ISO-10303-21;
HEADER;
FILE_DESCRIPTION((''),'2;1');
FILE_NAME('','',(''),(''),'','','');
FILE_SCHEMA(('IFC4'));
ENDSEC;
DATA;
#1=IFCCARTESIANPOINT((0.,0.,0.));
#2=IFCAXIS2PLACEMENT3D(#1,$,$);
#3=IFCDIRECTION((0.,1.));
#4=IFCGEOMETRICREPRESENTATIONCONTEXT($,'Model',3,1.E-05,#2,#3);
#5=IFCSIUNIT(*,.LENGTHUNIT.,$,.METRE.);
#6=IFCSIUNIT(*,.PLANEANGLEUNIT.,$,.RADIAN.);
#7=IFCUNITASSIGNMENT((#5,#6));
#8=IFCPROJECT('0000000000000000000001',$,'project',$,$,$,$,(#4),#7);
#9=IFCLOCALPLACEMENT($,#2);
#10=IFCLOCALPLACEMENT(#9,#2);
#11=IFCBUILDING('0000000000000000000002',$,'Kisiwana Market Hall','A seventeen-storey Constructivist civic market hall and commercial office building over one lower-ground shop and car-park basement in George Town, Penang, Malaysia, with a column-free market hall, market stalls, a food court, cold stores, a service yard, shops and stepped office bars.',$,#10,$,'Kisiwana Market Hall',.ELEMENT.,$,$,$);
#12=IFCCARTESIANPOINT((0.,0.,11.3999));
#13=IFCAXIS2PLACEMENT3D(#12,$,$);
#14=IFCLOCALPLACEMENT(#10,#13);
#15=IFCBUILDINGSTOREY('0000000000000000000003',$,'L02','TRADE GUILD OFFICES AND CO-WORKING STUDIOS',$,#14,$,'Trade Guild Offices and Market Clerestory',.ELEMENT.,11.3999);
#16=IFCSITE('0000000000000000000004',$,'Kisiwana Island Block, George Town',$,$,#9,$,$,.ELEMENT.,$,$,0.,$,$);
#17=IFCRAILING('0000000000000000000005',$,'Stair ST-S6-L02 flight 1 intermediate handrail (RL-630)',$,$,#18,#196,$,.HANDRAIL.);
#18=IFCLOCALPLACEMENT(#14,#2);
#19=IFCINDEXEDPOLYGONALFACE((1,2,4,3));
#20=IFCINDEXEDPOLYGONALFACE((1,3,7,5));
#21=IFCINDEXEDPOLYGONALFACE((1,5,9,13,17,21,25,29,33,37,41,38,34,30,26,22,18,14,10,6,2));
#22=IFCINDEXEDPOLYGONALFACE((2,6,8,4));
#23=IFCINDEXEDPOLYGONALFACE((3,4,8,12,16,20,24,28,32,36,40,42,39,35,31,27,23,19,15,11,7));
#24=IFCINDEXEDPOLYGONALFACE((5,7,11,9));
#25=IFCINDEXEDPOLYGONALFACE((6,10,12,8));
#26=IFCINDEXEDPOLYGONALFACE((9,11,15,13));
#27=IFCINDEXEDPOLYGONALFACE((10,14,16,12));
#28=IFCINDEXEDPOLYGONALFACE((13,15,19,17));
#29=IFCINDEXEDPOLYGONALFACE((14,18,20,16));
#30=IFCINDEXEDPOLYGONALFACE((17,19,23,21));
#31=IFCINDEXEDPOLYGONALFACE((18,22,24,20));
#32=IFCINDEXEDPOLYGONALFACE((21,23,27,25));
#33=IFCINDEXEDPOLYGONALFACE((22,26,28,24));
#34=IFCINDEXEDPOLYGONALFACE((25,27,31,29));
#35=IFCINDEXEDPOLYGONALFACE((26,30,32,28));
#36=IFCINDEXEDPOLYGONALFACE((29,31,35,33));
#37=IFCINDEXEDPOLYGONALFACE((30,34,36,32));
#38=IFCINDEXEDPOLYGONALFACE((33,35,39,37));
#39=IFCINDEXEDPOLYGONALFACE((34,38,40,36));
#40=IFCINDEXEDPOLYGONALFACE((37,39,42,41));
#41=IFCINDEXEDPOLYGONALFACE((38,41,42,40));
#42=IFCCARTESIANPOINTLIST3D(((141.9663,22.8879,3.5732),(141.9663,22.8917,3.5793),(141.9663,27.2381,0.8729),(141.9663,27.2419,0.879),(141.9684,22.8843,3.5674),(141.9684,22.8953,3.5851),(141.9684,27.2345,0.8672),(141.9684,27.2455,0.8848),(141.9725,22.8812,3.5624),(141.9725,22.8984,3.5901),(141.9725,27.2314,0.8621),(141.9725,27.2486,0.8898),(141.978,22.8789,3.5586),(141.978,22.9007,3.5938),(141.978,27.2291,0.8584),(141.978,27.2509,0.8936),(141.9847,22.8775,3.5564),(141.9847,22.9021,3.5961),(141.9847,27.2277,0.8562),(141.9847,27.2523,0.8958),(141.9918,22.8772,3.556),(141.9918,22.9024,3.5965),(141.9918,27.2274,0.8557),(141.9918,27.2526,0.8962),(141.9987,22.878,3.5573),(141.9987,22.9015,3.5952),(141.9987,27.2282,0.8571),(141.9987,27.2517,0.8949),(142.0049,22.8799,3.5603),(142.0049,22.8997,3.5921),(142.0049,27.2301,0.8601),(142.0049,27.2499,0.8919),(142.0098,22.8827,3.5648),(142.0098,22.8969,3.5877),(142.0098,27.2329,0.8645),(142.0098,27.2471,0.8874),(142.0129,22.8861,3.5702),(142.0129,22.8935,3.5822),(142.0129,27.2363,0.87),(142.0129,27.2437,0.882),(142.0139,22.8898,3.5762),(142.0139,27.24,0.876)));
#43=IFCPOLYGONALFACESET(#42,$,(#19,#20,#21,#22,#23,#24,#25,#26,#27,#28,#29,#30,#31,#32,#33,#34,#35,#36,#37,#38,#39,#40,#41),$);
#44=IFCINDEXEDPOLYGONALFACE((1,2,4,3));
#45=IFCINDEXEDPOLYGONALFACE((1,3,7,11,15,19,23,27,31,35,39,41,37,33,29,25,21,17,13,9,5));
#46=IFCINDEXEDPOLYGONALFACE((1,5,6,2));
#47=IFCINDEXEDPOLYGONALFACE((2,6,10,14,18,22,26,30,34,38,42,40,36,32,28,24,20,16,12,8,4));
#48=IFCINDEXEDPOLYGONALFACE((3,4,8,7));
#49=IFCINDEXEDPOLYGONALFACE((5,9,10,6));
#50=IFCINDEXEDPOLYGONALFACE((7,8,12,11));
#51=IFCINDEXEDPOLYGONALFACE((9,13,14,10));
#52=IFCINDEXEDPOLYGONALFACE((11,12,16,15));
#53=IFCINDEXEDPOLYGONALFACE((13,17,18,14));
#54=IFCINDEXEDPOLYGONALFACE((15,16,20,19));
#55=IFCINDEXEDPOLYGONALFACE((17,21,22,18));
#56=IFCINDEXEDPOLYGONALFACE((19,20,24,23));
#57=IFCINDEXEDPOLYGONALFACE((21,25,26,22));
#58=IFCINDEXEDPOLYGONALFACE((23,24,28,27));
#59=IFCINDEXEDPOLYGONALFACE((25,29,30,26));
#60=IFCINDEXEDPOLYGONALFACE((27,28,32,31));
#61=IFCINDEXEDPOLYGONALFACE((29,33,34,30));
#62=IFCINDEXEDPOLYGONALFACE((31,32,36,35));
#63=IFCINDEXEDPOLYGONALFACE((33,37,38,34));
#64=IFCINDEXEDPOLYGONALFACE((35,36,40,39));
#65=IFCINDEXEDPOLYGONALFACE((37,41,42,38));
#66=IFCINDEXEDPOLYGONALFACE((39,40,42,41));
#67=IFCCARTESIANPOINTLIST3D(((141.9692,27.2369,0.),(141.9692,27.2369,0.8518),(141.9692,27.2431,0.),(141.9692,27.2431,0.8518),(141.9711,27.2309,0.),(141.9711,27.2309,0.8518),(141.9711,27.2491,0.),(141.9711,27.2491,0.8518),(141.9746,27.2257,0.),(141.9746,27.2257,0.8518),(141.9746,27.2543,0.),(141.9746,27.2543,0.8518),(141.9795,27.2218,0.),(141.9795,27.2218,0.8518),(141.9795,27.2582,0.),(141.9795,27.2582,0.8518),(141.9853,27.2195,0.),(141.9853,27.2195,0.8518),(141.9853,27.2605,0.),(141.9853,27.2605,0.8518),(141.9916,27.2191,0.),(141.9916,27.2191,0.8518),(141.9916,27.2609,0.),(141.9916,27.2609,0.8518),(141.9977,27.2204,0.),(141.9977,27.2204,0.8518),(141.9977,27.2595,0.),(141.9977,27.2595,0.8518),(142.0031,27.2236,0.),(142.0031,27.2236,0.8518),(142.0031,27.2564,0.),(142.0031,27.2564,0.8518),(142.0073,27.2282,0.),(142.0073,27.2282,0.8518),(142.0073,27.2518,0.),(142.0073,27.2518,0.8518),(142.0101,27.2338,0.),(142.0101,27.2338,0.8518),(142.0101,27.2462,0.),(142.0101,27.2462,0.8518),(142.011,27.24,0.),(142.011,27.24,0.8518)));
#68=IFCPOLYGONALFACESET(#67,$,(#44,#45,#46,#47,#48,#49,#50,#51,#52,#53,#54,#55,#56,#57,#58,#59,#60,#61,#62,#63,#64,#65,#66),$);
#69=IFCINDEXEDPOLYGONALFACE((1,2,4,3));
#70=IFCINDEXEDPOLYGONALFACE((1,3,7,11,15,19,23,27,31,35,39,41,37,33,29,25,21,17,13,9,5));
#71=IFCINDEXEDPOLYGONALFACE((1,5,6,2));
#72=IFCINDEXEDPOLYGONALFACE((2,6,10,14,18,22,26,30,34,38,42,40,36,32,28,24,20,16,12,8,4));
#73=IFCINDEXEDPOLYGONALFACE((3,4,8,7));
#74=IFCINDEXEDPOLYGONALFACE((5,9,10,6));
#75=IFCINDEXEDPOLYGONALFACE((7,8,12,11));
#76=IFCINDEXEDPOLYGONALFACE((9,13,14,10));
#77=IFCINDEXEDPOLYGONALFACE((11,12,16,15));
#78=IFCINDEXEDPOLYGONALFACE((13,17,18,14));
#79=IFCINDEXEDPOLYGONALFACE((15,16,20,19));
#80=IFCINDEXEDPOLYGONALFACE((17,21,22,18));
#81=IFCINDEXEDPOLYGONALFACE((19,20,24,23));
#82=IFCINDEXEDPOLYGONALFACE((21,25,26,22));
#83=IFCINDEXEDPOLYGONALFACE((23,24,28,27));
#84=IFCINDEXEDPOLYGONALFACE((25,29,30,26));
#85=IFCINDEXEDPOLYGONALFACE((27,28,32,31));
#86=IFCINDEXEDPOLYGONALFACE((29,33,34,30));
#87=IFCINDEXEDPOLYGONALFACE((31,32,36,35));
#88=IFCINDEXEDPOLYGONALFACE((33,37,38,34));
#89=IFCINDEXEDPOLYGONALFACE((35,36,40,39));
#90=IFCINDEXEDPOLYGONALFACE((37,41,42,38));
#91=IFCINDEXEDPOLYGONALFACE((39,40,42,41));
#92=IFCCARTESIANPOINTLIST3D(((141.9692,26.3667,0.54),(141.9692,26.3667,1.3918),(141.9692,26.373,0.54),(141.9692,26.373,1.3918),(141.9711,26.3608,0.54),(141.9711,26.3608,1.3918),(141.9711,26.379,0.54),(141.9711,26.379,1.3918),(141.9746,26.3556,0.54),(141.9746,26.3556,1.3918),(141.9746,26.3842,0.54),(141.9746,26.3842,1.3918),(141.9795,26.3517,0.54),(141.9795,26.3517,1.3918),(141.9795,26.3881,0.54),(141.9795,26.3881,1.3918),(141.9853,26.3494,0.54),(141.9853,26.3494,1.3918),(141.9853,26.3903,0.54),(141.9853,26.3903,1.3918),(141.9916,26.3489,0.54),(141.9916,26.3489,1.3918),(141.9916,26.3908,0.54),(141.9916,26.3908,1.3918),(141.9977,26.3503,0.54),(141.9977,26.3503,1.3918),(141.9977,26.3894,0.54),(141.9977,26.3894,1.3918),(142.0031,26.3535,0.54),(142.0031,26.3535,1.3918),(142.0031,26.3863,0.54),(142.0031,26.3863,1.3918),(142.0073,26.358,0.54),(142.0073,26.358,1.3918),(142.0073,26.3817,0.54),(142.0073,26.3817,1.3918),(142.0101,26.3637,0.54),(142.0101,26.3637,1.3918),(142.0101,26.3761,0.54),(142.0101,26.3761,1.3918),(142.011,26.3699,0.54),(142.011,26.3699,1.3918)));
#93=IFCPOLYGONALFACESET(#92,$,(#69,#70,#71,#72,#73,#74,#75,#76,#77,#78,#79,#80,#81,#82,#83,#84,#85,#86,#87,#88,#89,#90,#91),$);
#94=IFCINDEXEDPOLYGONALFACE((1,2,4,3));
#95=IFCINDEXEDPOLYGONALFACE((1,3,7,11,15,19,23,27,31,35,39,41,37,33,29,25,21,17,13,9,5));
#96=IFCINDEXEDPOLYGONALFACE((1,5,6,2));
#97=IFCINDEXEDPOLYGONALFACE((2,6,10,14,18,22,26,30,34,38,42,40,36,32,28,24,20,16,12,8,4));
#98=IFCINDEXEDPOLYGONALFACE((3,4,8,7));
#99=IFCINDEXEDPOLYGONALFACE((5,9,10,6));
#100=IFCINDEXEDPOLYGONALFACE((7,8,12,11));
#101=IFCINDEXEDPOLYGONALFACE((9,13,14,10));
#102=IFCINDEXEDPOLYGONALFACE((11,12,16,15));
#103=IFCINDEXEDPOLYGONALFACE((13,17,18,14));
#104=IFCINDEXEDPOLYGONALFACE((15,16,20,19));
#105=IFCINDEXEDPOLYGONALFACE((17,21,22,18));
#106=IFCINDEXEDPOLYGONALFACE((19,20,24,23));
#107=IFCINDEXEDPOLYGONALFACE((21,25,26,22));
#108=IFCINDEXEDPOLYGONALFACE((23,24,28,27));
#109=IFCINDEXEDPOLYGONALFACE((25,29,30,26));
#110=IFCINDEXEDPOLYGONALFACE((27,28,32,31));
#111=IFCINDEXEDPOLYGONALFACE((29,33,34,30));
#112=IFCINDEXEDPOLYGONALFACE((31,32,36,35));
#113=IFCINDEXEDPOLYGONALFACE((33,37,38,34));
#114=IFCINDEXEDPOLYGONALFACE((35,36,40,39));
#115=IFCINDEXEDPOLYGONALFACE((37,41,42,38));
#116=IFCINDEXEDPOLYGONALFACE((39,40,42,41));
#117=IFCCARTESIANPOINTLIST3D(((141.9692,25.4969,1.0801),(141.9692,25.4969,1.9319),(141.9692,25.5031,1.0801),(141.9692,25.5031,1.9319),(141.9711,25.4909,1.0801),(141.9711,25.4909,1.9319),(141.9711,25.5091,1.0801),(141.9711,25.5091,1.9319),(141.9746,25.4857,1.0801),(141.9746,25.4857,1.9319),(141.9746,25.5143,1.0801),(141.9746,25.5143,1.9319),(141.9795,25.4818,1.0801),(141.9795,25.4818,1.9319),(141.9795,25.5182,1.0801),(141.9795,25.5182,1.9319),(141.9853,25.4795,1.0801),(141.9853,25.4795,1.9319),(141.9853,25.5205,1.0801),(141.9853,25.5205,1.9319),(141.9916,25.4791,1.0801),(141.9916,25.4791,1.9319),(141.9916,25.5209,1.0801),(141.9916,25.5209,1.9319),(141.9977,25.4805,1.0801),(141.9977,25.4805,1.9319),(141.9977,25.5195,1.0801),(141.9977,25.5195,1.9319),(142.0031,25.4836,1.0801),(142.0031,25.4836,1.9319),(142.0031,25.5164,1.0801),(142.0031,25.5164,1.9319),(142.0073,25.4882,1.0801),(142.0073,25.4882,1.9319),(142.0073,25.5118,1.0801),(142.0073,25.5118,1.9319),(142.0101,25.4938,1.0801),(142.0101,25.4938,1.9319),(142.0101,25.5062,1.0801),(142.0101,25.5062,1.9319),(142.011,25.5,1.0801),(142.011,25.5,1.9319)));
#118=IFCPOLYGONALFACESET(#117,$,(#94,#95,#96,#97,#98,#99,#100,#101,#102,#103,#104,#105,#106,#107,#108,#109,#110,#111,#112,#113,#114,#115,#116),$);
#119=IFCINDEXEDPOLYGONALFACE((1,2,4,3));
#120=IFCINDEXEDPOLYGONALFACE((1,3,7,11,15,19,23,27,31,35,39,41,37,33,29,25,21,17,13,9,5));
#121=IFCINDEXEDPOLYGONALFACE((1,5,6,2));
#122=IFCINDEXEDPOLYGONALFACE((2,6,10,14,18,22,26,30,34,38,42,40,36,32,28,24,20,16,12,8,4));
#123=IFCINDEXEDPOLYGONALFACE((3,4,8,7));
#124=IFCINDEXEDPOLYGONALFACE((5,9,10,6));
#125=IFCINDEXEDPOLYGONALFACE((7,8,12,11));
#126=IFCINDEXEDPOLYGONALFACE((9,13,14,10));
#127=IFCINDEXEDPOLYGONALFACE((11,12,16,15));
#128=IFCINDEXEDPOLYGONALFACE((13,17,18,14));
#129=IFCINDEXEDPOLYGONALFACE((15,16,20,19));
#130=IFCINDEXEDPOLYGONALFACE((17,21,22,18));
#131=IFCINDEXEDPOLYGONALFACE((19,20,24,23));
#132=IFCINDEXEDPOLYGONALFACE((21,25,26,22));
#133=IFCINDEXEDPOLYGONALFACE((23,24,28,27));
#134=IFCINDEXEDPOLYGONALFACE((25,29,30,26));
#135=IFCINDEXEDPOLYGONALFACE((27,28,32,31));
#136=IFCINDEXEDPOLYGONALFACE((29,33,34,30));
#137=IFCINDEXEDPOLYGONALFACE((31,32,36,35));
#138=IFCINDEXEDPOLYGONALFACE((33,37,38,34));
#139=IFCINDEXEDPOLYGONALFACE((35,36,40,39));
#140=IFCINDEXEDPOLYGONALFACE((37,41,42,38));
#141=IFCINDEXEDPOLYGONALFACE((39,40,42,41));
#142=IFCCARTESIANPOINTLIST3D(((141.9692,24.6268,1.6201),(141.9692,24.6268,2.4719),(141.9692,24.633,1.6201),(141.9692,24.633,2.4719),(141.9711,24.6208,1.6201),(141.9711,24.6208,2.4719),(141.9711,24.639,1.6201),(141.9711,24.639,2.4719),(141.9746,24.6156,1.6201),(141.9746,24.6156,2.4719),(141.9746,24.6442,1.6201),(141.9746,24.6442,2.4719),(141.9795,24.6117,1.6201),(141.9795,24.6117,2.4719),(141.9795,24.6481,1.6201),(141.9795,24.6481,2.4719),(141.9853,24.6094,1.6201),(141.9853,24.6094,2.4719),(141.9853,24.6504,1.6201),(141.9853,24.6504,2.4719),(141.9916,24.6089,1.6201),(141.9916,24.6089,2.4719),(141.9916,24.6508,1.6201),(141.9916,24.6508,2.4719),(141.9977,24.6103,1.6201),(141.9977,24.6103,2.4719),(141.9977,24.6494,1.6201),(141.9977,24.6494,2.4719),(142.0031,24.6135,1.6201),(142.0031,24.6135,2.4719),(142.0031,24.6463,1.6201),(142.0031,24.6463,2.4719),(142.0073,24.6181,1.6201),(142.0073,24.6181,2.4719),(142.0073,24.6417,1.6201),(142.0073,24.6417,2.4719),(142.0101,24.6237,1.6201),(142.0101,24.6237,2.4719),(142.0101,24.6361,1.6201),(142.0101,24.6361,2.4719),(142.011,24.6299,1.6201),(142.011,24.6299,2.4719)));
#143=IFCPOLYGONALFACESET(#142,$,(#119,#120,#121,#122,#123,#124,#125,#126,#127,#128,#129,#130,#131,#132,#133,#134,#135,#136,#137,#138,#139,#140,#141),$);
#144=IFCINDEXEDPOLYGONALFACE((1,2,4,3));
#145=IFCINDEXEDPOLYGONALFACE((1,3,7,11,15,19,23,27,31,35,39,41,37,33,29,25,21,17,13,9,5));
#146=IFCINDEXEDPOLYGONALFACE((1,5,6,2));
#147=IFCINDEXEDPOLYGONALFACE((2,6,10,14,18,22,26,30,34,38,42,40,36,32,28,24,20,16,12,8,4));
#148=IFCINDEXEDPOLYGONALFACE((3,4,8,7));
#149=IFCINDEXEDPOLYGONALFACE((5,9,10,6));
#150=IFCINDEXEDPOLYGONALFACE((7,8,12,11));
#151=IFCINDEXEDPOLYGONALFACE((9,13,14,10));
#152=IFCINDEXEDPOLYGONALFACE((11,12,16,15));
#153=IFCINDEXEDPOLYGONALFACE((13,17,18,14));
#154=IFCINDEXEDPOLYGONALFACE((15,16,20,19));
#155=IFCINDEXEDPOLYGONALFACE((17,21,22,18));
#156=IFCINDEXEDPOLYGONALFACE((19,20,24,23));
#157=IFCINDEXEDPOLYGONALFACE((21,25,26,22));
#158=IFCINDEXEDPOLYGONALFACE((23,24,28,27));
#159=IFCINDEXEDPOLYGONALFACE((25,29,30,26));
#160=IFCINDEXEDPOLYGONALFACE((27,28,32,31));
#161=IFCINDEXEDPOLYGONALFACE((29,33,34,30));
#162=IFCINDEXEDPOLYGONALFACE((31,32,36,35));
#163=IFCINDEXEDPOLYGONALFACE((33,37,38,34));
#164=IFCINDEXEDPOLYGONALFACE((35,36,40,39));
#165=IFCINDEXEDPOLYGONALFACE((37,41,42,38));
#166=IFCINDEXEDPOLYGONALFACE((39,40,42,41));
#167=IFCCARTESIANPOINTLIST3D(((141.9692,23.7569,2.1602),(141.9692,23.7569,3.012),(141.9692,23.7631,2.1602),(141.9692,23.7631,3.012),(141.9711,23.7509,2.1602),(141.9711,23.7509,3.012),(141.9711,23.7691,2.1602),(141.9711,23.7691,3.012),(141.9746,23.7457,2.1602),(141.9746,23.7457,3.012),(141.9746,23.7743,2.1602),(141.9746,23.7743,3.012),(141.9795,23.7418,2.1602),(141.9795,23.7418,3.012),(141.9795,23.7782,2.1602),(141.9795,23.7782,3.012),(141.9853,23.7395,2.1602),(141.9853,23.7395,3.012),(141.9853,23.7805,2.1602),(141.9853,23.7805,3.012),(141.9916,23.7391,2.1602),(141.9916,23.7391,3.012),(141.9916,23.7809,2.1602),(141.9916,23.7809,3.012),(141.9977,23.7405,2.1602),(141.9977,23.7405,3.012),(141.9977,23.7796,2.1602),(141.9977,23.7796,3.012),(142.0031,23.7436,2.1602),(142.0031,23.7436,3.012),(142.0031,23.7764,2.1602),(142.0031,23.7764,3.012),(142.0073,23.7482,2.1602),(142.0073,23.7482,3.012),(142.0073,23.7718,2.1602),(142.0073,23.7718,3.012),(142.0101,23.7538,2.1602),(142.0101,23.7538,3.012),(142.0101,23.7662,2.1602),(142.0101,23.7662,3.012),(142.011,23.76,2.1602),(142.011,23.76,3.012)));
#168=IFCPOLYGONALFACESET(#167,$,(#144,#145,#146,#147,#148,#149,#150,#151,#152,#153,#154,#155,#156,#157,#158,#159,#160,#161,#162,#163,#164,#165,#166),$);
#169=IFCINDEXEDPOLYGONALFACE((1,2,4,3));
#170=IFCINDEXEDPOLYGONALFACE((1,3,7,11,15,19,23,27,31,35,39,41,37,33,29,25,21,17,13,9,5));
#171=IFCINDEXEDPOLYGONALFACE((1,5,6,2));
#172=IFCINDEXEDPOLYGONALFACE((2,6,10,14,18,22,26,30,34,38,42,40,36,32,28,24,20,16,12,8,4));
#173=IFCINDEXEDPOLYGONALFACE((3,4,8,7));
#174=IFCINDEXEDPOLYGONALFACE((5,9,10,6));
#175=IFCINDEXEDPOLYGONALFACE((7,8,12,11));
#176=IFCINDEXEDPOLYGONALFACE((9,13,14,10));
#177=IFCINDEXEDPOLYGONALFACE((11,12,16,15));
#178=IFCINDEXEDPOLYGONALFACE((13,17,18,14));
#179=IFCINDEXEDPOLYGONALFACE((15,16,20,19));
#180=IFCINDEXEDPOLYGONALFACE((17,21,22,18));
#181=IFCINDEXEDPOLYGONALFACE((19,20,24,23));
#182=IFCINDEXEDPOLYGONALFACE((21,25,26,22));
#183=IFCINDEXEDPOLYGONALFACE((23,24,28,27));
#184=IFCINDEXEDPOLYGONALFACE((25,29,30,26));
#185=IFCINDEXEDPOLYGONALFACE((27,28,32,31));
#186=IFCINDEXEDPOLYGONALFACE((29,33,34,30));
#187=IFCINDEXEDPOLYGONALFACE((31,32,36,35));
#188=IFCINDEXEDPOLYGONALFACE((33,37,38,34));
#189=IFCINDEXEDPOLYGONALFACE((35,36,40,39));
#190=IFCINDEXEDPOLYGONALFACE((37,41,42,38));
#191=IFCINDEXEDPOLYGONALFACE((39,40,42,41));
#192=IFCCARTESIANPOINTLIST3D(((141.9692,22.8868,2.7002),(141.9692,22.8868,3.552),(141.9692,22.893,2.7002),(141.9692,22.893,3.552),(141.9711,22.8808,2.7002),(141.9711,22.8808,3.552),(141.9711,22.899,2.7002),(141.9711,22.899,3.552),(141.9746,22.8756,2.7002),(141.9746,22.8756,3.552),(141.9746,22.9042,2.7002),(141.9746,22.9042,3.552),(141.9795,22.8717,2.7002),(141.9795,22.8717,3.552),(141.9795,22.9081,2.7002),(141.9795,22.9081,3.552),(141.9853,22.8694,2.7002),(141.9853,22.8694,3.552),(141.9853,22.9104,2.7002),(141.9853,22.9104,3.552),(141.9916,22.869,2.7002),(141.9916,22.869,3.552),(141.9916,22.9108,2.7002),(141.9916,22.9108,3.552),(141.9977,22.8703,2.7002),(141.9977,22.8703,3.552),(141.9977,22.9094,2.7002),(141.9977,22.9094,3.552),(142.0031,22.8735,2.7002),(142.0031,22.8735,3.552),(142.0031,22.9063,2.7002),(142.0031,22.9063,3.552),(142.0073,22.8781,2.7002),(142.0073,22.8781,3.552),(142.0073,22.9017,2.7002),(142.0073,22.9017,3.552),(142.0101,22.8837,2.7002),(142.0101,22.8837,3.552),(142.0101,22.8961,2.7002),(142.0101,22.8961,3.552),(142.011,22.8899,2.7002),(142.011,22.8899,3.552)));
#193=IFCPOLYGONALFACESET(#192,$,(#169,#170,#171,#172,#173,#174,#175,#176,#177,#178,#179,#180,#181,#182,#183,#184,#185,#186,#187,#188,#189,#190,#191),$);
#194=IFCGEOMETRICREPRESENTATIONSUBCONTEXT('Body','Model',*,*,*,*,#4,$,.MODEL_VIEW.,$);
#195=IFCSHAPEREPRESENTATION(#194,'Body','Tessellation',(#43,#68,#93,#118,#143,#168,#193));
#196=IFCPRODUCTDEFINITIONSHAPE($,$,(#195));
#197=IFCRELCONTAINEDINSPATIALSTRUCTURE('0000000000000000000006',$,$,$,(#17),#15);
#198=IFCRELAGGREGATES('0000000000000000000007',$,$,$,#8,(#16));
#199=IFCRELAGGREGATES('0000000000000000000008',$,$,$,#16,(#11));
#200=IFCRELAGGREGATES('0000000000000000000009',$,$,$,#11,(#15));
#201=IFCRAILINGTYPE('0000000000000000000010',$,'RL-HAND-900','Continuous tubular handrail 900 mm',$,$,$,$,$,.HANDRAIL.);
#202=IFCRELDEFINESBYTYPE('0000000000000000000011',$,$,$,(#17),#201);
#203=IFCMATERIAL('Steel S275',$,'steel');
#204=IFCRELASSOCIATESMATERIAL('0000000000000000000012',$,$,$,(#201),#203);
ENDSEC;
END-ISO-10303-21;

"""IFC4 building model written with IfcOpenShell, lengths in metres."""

from ifc_helpers import new_model, si_unit, direction, frame, origin, origin_2d, place, context, subcontext, project, spatial, circle, extrude, material, type_object, element, save


model = new_model("IFC4")

# Units and contexts
model_context = context("Model", 3, precision=1e-05, world=origin(), true_north=direction((0.0, 1.0)))
body_context = subcontext(model_context, "Body", "Model", "MODEL_VIEW")
ifc_project = project(units=[si_unit("LENGTHUNIT", "METRE"), si_unit("PLANEANGLEUNIT", "RADIAN")], contexts=[model_context])

# Site, building, storey
site_placement = place(None, origin())
site = spatial("IfcSite", under=ifc_project, at=site_placement, Name="Kisiwana Island Block, George Town", CompositionType="ELEMENT", RefElevation=0.0)
building_placement = place(site_placement, origin())
building = spatial("IfcBuilding", under=site, at=building_placement, Name="Kisiwana Market Hall", Description="A seventeen-storey Constructivist civic market hall and commercial office building over one lower-ground shop and car-park basement in George Town, Penang, Malaysia, with a column-free market hall, market stalls, a food court, cold stores, a service yard, shops and stepped office bars.", LongName="Kisiwana Market Hall", CompositionType="ELEMENT")
storey_placement = place(building_placement, frame((0.0, 0.0, 11.3999)))
storey = spatial("IfcBuildingStorey", under=building, at=storey_placement, Name="L02", Description="TRADE GUILD OFFICES AND CO-WORKING STUDIOS", LongName="Trade Guild Offices and Market Clerestory", CompositionType="ELEMENT", Elevation=11.3999)

# Railing
ifc_material_1 = material(Name="Steel S275", Category="steel")
railing_type_1 = type_object("IfcRailingType", Name="RL-HAND-900", Description="Continuous tubular handrail 900 mm", PredefinedType="HANDRAIL", material=ifc_material_1)
railing_1_placement = place(storey_placement, frame((141.99, 27.24, 0.0)))
element("IfcRailing", 1, at=railing_1_placement, inside=storey, type_object=railing_type_1, Name="Stair ST-S6-L02 flight 1 intermediate handrail (RL-630)", PredefinedType="HANDRAIL", context=body_context, shape_type="SweptSolid", body=[
    extrude(circle(Radius=0.0239, at=origin_2d()), frame((0.0, 0.0, 0.876), z_axis=(0.0, -0.849628, 0.527382), x_axis=(1.0, 0.0, 0.0)), (0.0, 0.0, 1.0), 5.1201),
    extrude(circle(Radius=0.021, at=origin_2d()), origin(), (0.0, 0.0, 1.0), 0.8518),
    extrude(circle(Radius=0.021, at=origin_2d()), frame((0.0, -0.8701, 0.54)), (0.0, 0.0, 1.0), 0.8518),
    extrude(circle(Radius=0.021, at=origin_2d()), frame((0.0, -1.74, 1.0801)), (0.0, 0.0, 1.0), 0.8518),
    extrude(circle(Radius=0.021, at=origin_2d()), frame((0.0, -2.6101, 1.6201)), (0.0, 0.0, 1.0), 0.8518),
    extrude(circle(Radius=0.021, at=origin_2d()), frame((0.0, -3.48, 2.1602)), (0.0, 0.0, 1.0), 0.8518),
    extrude(circle(Radius=0.021, at=origin_2d()), frame((0.0, -4.3501, 2.7002)), (0.0, 0.0, 1.0), 0.8518),
])

save(model, "model.ifc")
